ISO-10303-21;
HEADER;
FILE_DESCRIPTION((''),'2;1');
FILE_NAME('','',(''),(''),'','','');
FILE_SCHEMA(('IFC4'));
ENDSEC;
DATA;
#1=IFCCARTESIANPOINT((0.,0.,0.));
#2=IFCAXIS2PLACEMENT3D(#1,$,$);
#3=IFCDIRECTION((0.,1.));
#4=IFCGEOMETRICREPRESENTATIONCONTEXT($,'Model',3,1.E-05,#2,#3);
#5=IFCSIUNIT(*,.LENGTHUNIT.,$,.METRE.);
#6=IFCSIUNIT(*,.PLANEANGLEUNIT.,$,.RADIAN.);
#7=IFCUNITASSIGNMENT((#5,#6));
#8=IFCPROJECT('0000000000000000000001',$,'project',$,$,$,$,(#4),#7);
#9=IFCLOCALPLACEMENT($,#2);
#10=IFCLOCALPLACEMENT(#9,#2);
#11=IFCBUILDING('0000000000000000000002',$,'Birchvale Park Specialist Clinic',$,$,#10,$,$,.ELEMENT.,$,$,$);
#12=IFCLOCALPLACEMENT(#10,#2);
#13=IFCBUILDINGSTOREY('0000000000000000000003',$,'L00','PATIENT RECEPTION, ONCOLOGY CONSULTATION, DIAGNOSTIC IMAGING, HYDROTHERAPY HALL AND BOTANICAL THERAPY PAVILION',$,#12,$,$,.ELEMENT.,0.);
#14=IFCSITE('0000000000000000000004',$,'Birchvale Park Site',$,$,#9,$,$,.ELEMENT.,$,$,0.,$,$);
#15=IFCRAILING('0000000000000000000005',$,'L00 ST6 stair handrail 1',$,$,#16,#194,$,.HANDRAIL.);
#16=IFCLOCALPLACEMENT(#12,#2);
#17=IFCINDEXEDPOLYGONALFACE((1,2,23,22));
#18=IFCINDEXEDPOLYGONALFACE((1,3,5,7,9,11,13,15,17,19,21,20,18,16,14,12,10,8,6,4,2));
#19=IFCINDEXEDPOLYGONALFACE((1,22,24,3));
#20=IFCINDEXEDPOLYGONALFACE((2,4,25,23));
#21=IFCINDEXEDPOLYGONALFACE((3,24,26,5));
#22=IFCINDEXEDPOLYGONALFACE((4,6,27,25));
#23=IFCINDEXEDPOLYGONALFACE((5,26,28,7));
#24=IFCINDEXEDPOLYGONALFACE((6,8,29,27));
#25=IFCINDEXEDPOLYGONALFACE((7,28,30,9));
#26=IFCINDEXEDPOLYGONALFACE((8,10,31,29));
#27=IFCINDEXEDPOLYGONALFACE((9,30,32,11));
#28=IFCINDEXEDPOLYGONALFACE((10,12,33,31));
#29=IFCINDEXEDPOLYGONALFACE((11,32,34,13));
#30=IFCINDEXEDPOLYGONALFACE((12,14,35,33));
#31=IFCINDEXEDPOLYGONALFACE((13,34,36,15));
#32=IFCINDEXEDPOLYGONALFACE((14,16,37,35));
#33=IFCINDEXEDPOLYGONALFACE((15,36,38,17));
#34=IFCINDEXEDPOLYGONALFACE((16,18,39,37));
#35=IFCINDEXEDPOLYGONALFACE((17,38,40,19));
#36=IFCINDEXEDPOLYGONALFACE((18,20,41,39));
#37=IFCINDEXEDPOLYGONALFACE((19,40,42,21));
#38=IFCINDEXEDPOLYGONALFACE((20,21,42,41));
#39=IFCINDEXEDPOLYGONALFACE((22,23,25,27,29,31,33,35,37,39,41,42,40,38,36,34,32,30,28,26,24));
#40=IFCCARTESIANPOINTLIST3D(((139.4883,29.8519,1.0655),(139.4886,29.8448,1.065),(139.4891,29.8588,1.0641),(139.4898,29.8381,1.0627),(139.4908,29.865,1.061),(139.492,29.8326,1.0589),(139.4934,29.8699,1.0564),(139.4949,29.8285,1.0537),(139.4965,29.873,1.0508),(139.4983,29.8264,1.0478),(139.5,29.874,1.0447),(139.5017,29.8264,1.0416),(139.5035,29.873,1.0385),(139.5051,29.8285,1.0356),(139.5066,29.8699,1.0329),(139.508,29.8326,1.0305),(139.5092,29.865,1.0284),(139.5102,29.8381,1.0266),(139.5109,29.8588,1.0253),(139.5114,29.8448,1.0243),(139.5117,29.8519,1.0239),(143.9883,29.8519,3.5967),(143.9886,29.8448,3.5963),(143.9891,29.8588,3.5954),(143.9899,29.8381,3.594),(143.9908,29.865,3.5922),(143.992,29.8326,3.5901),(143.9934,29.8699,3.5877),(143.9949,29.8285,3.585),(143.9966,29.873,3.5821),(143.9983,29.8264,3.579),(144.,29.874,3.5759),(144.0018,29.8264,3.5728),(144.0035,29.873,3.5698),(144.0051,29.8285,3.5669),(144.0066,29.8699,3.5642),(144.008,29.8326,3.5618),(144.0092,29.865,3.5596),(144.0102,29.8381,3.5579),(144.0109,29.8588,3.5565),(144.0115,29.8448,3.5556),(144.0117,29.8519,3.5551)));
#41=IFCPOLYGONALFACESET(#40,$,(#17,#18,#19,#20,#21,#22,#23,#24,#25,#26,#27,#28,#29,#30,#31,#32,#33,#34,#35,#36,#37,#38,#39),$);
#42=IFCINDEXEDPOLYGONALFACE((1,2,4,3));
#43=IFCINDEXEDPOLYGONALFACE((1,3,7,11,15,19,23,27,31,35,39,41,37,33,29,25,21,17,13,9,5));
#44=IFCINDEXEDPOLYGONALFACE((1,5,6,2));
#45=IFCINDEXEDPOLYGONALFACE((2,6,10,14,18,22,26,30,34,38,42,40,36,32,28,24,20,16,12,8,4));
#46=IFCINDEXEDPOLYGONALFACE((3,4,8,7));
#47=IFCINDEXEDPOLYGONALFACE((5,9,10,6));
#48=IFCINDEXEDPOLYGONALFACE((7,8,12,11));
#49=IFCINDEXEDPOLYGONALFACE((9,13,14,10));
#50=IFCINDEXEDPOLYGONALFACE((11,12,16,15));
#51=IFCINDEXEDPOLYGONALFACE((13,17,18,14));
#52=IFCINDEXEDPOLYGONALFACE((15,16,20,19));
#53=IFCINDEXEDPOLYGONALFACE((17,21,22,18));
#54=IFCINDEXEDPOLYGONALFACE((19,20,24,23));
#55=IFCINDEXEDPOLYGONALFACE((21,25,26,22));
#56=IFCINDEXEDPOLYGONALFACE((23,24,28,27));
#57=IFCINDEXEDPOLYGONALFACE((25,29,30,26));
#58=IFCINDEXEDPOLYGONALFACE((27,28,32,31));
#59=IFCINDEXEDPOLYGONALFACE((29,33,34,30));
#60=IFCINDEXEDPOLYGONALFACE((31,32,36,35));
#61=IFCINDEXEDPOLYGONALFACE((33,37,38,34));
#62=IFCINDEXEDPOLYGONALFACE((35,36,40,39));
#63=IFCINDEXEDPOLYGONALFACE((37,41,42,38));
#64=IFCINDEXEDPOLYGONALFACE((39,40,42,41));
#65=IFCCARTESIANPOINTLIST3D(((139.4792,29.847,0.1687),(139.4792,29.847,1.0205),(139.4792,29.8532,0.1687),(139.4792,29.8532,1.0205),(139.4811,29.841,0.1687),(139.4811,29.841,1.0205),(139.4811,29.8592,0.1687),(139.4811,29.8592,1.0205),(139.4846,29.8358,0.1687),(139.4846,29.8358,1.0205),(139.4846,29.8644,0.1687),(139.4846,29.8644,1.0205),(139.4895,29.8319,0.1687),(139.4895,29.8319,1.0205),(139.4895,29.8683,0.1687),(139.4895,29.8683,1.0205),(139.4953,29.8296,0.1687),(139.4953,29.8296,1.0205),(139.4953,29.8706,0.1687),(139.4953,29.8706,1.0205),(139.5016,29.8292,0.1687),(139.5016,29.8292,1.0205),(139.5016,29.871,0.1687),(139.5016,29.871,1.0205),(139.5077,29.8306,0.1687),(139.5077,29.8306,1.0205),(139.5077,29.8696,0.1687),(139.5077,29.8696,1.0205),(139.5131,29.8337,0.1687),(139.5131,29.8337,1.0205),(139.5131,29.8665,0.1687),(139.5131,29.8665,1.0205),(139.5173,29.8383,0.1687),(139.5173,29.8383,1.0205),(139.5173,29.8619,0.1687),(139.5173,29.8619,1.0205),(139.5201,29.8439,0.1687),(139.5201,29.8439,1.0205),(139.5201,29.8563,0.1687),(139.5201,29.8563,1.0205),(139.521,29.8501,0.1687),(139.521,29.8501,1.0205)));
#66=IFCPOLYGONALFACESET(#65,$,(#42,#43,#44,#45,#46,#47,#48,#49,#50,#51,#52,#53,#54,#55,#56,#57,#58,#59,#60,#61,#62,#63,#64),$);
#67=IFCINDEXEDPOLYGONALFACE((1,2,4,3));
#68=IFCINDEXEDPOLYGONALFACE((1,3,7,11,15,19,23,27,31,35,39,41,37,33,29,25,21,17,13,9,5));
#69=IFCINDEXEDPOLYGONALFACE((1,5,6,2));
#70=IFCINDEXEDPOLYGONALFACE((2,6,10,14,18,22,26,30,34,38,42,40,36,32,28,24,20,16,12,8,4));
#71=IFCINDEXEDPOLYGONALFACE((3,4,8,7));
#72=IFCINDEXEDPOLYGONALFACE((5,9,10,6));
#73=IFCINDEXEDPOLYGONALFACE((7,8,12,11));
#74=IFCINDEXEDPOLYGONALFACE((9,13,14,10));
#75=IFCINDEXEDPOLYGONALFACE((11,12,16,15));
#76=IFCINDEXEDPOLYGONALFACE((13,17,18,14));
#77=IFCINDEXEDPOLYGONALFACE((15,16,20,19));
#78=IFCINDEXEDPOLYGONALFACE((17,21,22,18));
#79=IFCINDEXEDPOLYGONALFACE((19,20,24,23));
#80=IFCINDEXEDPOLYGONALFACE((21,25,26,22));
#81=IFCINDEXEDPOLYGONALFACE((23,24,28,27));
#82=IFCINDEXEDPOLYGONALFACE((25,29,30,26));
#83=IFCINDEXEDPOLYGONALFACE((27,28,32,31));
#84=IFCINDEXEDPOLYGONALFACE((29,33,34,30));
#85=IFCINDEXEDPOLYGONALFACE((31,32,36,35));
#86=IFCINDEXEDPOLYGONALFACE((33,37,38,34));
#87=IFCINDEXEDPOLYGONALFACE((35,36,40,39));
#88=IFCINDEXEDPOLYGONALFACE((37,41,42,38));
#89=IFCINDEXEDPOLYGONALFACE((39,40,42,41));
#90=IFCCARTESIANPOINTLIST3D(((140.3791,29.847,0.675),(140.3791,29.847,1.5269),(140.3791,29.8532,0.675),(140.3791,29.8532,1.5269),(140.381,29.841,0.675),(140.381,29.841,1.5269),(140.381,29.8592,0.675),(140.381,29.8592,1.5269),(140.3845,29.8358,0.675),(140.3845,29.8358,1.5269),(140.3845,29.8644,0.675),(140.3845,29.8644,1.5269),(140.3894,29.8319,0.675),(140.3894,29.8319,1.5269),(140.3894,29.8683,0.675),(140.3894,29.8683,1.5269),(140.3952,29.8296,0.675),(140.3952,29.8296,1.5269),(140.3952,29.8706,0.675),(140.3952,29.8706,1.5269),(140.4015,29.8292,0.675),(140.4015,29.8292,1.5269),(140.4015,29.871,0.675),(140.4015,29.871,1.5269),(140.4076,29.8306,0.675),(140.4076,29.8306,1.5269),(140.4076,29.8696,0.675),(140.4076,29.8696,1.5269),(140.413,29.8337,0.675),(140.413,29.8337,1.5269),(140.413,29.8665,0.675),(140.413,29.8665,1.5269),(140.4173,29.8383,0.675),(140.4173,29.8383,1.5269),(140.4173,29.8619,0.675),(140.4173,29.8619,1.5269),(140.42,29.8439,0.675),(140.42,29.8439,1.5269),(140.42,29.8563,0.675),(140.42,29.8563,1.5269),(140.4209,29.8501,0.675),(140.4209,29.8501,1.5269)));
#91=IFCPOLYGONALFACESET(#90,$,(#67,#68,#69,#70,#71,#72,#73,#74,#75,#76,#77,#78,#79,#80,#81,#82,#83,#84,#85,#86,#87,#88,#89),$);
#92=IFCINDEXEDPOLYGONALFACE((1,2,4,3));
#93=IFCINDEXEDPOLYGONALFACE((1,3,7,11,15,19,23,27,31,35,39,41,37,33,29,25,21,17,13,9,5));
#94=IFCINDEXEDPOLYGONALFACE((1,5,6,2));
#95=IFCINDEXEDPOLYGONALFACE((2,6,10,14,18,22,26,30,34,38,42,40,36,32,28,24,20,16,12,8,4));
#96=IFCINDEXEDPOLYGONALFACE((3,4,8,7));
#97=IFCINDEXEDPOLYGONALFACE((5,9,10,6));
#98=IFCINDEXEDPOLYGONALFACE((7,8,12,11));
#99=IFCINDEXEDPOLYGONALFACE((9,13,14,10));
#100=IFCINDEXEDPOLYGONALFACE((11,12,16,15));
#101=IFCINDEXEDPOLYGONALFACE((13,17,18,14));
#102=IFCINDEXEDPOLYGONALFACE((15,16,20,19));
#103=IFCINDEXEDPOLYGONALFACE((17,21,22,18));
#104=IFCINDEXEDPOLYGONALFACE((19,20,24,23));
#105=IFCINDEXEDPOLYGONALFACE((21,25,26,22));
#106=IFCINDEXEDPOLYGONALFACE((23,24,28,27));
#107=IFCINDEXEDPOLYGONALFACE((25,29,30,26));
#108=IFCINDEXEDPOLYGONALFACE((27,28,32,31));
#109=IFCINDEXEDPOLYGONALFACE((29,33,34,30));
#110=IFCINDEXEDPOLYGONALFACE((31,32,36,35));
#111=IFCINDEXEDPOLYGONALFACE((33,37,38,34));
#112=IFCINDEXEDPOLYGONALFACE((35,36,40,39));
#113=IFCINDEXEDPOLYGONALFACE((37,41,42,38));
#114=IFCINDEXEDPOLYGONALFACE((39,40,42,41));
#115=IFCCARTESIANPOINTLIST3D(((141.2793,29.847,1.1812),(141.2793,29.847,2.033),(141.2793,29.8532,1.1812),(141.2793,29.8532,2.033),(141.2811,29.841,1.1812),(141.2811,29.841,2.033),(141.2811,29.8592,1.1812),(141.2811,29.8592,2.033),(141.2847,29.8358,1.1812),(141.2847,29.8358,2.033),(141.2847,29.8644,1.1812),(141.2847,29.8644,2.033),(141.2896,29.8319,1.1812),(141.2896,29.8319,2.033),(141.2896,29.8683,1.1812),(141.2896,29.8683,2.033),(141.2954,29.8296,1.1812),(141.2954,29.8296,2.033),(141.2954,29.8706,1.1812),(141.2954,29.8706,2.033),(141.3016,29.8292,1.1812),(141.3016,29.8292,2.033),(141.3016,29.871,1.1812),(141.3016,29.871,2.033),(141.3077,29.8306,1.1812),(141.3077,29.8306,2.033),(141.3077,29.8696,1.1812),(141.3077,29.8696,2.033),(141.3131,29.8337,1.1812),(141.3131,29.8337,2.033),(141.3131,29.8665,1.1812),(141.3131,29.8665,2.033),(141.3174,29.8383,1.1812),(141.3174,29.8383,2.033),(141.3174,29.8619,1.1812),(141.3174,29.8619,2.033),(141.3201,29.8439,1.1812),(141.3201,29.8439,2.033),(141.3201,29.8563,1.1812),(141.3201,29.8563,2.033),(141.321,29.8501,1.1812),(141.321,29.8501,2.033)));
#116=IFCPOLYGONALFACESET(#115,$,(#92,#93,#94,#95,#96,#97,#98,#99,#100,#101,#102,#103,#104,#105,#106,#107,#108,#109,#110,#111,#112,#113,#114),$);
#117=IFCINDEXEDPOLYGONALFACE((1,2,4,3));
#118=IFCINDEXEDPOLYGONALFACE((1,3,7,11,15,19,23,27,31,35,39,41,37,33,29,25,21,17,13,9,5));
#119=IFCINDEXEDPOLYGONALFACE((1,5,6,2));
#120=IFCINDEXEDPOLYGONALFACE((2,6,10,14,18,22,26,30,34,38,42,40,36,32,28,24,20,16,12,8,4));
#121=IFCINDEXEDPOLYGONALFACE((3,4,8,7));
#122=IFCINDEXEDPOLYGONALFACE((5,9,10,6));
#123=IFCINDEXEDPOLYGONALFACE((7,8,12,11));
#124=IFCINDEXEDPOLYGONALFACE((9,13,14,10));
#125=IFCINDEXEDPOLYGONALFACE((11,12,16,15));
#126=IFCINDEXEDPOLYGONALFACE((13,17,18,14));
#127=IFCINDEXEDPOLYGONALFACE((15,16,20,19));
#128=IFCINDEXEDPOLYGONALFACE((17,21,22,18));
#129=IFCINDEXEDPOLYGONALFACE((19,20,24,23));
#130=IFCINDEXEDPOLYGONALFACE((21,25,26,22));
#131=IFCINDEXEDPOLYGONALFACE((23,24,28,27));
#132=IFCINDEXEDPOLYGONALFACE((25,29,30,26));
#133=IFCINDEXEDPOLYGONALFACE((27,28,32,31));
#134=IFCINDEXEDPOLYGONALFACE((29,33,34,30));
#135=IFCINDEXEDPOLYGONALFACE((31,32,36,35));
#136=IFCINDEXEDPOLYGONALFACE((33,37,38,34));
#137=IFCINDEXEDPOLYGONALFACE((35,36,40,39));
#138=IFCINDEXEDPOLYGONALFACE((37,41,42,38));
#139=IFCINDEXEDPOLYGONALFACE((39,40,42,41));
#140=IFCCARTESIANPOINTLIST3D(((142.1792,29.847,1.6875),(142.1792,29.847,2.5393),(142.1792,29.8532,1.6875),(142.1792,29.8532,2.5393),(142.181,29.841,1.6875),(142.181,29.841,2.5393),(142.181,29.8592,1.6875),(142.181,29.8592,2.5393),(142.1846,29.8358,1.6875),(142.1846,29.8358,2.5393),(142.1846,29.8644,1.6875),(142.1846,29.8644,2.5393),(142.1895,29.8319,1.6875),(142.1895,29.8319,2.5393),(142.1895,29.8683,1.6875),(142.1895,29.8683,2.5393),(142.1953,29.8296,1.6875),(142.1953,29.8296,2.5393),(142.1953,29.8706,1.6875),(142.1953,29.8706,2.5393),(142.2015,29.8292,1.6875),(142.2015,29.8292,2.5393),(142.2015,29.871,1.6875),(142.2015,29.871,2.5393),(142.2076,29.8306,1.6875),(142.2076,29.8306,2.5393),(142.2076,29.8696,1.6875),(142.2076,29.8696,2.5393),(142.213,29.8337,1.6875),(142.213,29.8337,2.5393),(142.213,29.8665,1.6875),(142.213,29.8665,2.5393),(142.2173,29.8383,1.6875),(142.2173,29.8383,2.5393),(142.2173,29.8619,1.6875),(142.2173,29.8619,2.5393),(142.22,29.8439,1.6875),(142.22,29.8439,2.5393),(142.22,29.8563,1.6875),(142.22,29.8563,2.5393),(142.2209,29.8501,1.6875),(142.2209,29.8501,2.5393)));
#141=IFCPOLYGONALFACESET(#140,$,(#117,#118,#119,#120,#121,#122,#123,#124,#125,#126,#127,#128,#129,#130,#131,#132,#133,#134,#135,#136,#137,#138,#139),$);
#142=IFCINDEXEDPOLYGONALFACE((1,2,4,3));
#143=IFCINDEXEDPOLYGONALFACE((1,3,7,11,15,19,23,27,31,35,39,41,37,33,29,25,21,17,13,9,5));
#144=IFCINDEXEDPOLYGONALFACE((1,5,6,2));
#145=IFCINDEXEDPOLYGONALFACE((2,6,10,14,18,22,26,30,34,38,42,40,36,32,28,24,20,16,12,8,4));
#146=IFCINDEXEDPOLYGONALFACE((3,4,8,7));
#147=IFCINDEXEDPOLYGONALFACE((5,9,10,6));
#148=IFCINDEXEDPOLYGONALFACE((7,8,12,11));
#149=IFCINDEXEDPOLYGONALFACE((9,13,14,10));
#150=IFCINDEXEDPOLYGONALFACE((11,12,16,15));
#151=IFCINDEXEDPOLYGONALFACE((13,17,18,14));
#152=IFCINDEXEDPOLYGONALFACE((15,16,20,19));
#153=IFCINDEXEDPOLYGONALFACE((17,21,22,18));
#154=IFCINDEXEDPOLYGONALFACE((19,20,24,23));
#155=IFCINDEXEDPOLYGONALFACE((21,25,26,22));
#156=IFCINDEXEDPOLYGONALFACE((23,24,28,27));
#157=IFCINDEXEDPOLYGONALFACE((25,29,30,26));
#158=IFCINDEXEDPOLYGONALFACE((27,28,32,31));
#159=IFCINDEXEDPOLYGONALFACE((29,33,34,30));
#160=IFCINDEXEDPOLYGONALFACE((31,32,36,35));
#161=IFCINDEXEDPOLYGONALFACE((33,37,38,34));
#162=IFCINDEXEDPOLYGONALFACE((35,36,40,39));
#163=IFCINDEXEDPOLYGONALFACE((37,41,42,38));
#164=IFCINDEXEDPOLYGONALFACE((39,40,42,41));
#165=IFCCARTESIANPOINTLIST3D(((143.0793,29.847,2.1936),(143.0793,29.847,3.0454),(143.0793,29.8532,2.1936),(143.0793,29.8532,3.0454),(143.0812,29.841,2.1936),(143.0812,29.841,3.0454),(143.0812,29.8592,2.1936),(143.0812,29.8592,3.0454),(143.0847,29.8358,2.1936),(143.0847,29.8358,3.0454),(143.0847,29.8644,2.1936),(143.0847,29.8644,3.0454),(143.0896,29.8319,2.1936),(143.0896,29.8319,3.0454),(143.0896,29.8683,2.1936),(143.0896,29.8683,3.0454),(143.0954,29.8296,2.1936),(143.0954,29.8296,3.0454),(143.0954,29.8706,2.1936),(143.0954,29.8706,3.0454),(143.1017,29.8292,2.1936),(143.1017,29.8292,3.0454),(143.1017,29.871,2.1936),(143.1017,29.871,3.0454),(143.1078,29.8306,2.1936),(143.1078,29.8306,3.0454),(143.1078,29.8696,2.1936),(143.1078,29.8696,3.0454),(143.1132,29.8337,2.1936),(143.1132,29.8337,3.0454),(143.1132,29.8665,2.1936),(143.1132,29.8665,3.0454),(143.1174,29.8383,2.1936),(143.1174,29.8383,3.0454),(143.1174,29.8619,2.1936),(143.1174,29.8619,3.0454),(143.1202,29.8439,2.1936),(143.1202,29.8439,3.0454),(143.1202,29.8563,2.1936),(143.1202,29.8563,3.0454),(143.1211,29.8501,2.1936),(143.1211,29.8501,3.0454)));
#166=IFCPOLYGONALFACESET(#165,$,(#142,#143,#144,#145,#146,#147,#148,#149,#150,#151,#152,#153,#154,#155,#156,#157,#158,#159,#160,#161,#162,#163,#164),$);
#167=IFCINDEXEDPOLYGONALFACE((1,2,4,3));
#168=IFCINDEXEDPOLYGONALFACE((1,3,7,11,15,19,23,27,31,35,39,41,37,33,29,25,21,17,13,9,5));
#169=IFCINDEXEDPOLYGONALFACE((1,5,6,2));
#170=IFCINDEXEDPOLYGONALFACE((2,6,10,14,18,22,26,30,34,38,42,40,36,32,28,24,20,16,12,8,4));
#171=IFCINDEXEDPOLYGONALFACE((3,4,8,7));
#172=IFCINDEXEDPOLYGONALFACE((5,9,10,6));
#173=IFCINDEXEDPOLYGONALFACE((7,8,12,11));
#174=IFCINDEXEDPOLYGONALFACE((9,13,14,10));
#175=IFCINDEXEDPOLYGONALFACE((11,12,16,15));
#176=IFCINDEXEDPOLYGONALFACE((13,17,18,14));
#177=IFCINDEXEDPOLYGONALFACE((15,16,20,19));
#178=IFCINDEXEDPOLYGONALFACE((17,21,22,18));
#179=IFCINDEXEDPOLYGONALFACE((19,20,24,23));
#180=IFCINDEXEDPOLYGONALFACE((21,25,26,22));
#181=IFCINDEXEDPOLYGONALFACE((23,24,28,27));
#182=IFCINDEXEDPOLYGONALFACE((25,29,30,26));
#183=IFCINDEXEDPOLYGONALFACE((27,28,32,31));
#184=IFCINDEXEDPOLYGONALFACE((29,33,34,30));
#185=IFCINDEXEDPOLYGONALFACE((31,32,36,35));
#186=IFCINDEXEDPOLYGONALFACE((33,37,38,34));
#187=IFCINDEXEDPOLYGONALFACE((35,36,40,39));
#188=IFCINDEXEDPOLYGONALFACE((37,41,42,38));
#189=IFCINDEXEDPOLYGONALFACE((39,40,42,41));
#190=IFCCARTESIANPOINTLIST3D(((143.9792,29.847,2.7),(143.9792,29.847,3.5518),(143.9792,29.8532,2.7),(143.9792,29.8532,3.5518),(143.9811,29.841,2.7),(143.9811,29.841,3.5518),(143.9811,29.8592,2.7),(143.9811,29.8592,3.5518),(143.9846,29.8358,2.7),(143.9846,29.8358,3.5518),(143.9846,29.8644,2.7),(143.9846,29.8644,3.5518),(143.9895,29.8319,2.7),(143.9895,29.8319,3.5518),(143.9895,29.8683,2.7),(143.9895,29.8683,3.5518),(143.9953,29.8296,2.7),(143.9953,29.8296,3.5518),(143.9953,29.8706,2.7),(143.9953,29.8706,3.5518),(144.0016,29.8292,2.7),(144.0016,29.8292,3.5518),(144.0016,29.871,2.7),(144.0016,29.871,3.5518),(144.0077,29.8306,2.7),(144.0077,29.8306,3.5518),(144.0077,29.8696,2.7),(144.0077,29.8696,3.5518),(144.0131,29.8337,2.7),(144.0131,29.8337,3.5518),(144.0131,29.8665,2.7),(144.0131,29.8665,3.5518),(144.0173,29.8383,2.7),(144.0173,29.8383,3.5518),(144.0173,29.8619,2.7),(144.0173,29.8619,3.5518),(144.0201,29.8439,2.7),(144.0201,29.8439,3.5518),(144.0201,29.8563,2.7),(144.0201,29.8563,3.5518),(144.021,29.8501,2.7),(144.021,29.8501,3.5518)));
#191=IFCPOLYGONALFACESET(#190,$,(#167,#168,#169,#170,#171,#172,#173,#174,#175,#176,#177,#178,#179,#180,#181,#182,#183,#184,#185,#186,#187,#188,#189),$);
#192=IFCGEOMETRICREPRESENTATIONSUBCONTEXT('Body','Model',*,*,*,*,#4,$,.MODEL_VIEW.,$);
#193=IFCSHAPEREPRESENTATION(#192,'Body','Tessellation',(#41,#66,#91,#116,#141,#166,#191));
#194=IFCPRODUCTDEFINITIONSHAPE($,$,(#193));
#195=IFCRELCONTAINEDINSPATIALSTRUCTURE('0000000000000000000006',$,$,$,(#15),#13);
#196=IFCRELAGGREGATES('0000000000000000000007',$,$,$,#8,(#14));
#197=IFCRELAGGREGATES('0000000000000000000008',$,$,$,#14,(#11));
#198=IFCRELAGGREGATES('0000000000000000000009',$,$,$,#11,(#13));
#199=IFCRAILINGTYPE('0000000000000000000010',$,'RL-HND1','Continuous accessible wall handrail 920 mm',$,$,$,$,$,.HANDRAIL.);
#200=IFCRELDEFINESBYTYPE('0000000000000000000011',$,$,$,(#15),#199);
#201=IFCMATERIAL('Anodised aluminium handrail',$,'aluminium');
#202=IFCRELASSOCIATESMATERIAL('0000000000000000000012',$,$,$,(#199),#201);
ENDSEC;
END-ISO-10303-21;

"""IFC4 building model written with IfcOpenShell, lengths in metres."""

from ifc_helpers import new_model, si_unit, direction, frame, origin, origin_2d, place, context, subcontext, project, spatial, circle, extrude, material, type_object, element, save


model = new_model("IFC4")

# Units and contexts
model_context = context("Model", 3, precision=1e-05, world=origin(), true_north=direction((0.0, 1.0)))
body_context = subcontext(model_context, "Body", "Model", "MODEL_VIEW")
ifc_project = project(units=[si_unit("LENGTHUNIT", "METRE"), si_unit("PLANEANGLEUNIT", "RADIAN")], contexts=[model_context])

# Site, building, storey
site_placement = place(None, origin())
site = spatial("IfcSite", under=ifc_project, at=site_placement, Name="Birchvale Park Site", CompositionType="ELEMENT", RefElevation=0.0)
building_placement = place(site_placement, origin())
building = spatial("IfcBuilding", under=site, at=building_placement, Name="Birchvale Park Specialist Clinic", CompositionType="ELEMENT")
storey_placement = place(building_placement, origin())
storey = spatial("IfcBuildingStorey", under=building, at=storey_placement, Name="L00", Description="PATIENT RECEPTION, ONCOLOGY CONSULTATION, DIAGNOSTIC IMAGING, HYDROTHERAPY HALL AND BOTANICAL THERAPY PAVILION", CompositionType="ELEMENT", Elevation=0.0)

# Railing
ifc_material_1 = material(Name="Anodised aluminium handrail", Category="aluminium")
railing_type_1 = type_object("IfcRailingType", Name="RL-HND1", Description="Continuous accessible wall handrail 920 mm", PredefinedType="HANDRAIL", material=ifc_material_1)
railing_1_placement = place(storey_placement, frame((139.5, 29.8501, 0.1687)))
element("IfcRailing", 1, at=railing_1_placement, inside=storey, type_object=railing_type_1, Name="L00 ST6 stair handrail 1", PredefinedType="HANDRAIL", context=body_context, shape_type="SweptSolid", body=[
    extrude(circle(Radius=0.0239, at=origin_2d()), frame((0.0, 0.0, 0.876), z_axis=(0.871576, 0.0, 0.490261), x_axis=(0.0, 1.0, 0.0)), (0.0, 0.0, 1.0), 5.1631),
    extrude(circle(Radius=0.021, at=origin_2d()), origin(), (0.0, 0.0, 1.0), 0.8518),
    extrude(circle(Radius=0.021, at=origin_2d()), frame((0.8999, 0.0, 0.5063)), (0.0, 0.0, 1.0), 0.8518),
    extrude(circle(Radius=0.021, at=origin_2d()), frame((1.8, 0.0, 1.0125)), (0.0, 0.0, 1.0), 0.8518),
    extrude(circle(Radius=0.021, at=origin_2d()), frame((2.7, 0.0, 1.5188)), (0.0, 0.0, 1.0), 0.8518),
    extrude(circle(Radius=0.021, at=origin_2d()), frame((3.6001, 0.0, 2.0249)), (0.0, 0.0, 1.0), 0.8518),
    extrude(circle(Radius=0.021, at=origin_2d()), frame((4.5, 0.0, 2.5312)), (0.0, 0.0, 1.0), 0.8518),
])

save(model, "model.ifc")
